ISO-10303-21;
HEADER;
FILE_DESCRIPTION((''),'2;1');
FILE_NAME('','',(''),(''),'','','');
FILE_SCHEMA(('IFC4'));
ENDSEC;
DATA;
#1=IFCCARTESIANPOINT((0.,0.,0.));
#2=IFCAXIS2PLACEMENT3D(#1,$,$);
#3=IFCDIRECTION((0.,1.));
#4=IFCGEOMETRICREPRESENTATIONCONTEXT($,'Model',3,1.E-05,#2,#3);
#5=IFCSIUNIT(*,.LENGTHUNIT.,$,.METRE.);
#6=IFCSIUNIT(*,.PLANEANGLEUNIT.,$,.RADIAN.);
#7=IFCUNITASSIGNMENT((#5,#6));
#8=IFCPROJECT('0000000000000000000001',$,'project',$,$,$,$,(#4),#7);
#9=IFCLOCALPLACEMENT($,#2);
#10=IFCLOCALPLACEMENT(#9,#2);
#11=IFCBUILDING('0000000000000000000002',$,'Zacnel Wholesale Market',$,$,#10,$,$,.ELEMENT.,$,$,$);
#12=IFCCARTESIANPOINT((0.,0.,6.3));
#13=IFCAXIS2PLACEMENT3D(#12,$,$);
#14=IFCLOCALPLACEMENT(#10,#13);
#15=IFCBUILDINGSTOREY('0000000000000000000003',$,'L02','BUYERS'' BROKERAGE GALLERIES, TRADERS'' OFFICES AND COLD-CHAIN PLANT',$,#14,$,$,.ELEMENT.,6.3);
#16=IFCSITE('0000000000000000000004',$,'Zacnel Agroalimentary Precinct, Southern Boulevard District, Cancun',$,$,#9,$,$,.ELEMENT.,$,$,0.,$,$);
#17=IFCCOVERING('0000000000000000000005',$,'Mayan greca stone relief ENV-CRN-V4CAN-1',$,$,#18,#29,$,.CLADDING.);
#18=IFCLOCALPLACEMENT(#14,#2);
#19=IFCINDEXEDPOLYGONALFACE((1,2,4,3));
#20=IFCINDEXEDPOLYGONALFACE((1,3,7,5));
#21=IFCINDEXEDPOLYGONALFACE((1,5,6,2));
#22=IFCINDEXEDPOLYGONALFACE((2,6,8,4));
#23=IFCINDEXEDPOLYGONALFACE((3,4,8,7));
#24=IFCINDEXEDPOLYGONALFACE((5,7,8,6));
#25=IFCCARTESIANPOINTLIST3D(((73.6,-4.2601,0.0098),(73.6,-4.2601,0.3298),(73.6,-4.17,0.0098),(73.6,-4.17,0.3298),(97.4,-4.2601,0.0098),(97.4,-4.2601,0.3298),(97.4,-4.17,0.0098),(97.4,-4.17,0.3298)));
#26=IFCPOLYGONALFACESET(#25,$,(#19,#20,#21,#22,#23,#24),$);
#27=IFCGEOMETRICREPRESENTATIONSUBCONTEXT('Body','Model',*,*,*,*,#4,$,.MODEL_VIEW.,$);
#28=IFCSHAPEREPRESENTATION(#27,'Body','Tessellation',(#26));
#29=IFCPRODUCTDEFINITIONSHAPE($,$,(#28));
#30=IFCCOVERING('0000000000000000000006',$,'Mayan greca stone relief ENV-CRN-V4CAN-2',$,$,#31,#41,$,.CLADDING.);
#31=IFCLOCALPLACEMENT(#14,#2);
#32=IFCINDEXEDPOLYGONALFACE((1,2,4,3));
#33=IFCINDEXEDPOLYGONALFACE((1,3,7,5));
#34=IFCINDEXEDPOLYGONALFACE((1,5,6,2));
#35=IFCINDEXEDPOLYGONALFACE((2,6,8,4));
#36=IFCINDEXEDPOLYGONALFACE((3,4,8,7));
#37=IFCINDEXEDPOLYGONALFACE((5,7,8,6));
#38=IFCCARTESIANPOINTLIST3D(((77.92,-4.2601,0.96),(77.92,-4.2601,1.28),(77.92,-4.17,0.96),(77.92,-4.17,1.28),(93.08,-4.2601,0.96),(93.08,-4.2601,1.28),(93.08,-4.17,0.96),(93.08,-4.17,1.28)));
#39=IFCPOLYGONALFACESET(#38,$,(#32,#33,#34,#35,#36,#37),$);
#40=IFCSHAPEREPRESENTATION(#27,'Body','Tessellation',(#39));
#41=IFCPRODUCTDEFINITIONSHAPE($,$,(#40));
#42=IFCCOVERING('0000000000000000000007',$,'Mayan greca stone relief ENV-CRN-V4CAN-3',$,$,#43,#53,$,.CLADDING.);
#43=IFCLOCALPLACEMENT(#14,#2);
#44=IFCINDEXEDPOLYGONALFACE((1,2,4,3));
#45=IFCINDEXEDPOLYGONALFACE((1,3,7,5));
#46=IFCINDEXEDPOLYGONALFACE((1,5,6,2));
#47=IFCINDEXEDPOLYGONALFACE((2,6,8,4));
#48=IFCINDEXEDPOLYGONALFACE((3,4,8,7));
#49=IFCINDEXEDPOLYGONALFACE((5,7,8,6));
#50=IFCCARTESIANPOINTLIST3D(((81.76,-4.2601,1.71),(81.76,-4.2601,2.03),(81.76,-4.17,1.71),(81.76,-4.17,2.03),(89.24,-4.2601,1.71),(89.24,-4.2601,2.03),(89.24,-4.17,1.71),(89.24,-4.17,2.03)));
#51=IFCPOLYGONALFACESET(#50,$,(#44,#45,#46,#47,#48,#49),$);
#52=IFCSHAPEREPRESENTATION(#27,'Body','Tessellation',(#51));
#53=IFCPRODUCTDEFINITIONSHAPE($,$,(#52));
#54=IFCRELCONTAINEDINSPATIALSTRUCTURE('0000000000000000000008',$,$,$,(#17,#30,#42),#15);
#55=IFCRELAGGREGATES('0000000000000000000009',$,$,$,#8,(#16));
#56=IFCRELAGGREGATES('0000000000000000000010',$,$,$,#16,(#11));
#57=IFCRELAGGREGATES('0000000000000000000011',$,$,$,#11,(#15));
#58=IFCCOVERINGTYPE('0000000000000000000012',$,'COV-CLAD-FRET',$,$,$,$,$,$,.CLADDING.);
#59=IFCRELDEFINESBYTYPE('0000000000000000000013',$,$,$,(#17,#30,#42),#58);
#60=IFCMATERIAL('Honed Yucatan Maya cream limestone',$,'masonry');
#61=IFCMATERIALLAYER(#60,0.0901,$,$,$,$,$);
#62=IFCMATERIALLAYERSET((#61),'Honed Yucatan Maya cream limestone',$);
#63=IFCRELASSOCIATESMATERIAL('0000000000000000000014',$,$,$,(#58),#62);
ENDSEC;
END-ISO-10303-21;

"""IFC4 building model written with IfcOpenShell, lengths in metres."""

from ifc_helpers import new_model, si_unit, direction, frame, origin, origin_2d, place, context, subcontext, project, spatial, rectangle, extrude, material, layer, layer_set, type_object, element, save


model = new_model("IFC4")

# Units and contexts
model_context = context("Model", 3, precision=1e-05, world=origin(), true_north=direction((0.0, 1.0)))
body_context = subcontext(model_context, "Body", "Model", "MODEL_VIEW")
ifc_project = project(units=[si_unit("LENGTHUNIT", "METRE"), si_unit("PLANEANGLEUNIT", "RADIAN")], contexts=[model_context])

# Site, building, storey
site_placement = place(None, origin())
site = spatial("IfcSite", under=ifc_project, at=site_placement, Name="Zacnel Agroalimentary Precinct, Southern Boulevard District, Cancun", CompositionType="ELEMENT", RefElevation=0.0)
building_placement = place(site_placement, origin())
building = spatial("IfcBuilding", under=site, at=building_placement, Name="Zacnel Wholesale Market", CompositionType="ELEMENT")
storey_placement = place(building_placement, frame((0.0, 0.0, 6.3)))
storey = spatial("IfcBuildingStorey", under=building, at=storey_placement, Name="L02", Description="BUYERS' BROKERAGE GALLERIES, TRADERS' OFFICES AND COLD-CHAIN PLANT", CompositionType="ELEMENT", Elevation=6.3)

# Coverings
ifc_material_1 = material(Name="Honed Yucatan Maya cream limestone", Category="masonry")
ifc_layer_1 = layer(ifc_material_1, 0.0901)
ifc_layer_set_1 = layer_set([ifc_layer_1], Name="Honed Yucatan Maya cream limestone")
covering_type = type_object("IfcCoveringType", Name="COV-CLAD-FRET", PredefinedType="CLADDING", material=ifc_layer_set_1)
covering_1_placement = place(storey_placement, frame((85.5, -4.2151, 0.0098), z_axis=(0.0, 0.0, 1.0), x_axis=(1.0, 0.0, 0.0)))
element("IfcCovering", 1, at=covering_1_placement, inside=storey, type_object=covering_type, Name="Mayan greca stone relief ENV-CRN-V4CAN-1", PredefinedType="CLADDING", context=body_context, shape_type="SweptSolid", body=[
    extrude(rectangle(XDim=23.8, YDim=0.0901, at=origin_2d()), origin(), (0.0, 0.0, 1.0), 0.3201),
])
covering_2_placement = place(storey_placement, frame((85.5, -4.2151, 0.96), z_axis=(0.0, 0.0, 1.0), x_axis=(1.0, 0.0, 0.0)))
element("IfcCovering", 2, at=covering_2_placement, inside=storey, type_object=covering_type, Name="Mayan greca stone relief ENV-CRN-V4CAN-2", PredefinedType="CLADDING", context=body_context, shape_type="SweptSolid", body=[
    extrude(rectangle(XDim=15.1599, YDim=0.0901, at=origin_2d()), origin(), (0.0, 0.0, 1.0), 0.3201),
])
covering_3_placement = place(storey_placement, frame((85.5, -4.2151, 1.71), z_axis=(0.0, 0.0, 1.0), x_axis=(1.0, 0.0, 0.0)))
element("IfcCovering", 3, at=covering_3_placement, inside=storey, type_object=covering_type, Name="Mayan greca stone relief ENV-CRN-V4CAN-3", PredefinedType="CLADDING", context=body_context, shape_type="SweptSolid", body=[
    extrude(rectangle(XDim=7.48, YDim=0.0901, at=origin_2d()), origin(), (0.0, 0.0, 1.0), 0.3201),
])

save(model, "model.ifc")
